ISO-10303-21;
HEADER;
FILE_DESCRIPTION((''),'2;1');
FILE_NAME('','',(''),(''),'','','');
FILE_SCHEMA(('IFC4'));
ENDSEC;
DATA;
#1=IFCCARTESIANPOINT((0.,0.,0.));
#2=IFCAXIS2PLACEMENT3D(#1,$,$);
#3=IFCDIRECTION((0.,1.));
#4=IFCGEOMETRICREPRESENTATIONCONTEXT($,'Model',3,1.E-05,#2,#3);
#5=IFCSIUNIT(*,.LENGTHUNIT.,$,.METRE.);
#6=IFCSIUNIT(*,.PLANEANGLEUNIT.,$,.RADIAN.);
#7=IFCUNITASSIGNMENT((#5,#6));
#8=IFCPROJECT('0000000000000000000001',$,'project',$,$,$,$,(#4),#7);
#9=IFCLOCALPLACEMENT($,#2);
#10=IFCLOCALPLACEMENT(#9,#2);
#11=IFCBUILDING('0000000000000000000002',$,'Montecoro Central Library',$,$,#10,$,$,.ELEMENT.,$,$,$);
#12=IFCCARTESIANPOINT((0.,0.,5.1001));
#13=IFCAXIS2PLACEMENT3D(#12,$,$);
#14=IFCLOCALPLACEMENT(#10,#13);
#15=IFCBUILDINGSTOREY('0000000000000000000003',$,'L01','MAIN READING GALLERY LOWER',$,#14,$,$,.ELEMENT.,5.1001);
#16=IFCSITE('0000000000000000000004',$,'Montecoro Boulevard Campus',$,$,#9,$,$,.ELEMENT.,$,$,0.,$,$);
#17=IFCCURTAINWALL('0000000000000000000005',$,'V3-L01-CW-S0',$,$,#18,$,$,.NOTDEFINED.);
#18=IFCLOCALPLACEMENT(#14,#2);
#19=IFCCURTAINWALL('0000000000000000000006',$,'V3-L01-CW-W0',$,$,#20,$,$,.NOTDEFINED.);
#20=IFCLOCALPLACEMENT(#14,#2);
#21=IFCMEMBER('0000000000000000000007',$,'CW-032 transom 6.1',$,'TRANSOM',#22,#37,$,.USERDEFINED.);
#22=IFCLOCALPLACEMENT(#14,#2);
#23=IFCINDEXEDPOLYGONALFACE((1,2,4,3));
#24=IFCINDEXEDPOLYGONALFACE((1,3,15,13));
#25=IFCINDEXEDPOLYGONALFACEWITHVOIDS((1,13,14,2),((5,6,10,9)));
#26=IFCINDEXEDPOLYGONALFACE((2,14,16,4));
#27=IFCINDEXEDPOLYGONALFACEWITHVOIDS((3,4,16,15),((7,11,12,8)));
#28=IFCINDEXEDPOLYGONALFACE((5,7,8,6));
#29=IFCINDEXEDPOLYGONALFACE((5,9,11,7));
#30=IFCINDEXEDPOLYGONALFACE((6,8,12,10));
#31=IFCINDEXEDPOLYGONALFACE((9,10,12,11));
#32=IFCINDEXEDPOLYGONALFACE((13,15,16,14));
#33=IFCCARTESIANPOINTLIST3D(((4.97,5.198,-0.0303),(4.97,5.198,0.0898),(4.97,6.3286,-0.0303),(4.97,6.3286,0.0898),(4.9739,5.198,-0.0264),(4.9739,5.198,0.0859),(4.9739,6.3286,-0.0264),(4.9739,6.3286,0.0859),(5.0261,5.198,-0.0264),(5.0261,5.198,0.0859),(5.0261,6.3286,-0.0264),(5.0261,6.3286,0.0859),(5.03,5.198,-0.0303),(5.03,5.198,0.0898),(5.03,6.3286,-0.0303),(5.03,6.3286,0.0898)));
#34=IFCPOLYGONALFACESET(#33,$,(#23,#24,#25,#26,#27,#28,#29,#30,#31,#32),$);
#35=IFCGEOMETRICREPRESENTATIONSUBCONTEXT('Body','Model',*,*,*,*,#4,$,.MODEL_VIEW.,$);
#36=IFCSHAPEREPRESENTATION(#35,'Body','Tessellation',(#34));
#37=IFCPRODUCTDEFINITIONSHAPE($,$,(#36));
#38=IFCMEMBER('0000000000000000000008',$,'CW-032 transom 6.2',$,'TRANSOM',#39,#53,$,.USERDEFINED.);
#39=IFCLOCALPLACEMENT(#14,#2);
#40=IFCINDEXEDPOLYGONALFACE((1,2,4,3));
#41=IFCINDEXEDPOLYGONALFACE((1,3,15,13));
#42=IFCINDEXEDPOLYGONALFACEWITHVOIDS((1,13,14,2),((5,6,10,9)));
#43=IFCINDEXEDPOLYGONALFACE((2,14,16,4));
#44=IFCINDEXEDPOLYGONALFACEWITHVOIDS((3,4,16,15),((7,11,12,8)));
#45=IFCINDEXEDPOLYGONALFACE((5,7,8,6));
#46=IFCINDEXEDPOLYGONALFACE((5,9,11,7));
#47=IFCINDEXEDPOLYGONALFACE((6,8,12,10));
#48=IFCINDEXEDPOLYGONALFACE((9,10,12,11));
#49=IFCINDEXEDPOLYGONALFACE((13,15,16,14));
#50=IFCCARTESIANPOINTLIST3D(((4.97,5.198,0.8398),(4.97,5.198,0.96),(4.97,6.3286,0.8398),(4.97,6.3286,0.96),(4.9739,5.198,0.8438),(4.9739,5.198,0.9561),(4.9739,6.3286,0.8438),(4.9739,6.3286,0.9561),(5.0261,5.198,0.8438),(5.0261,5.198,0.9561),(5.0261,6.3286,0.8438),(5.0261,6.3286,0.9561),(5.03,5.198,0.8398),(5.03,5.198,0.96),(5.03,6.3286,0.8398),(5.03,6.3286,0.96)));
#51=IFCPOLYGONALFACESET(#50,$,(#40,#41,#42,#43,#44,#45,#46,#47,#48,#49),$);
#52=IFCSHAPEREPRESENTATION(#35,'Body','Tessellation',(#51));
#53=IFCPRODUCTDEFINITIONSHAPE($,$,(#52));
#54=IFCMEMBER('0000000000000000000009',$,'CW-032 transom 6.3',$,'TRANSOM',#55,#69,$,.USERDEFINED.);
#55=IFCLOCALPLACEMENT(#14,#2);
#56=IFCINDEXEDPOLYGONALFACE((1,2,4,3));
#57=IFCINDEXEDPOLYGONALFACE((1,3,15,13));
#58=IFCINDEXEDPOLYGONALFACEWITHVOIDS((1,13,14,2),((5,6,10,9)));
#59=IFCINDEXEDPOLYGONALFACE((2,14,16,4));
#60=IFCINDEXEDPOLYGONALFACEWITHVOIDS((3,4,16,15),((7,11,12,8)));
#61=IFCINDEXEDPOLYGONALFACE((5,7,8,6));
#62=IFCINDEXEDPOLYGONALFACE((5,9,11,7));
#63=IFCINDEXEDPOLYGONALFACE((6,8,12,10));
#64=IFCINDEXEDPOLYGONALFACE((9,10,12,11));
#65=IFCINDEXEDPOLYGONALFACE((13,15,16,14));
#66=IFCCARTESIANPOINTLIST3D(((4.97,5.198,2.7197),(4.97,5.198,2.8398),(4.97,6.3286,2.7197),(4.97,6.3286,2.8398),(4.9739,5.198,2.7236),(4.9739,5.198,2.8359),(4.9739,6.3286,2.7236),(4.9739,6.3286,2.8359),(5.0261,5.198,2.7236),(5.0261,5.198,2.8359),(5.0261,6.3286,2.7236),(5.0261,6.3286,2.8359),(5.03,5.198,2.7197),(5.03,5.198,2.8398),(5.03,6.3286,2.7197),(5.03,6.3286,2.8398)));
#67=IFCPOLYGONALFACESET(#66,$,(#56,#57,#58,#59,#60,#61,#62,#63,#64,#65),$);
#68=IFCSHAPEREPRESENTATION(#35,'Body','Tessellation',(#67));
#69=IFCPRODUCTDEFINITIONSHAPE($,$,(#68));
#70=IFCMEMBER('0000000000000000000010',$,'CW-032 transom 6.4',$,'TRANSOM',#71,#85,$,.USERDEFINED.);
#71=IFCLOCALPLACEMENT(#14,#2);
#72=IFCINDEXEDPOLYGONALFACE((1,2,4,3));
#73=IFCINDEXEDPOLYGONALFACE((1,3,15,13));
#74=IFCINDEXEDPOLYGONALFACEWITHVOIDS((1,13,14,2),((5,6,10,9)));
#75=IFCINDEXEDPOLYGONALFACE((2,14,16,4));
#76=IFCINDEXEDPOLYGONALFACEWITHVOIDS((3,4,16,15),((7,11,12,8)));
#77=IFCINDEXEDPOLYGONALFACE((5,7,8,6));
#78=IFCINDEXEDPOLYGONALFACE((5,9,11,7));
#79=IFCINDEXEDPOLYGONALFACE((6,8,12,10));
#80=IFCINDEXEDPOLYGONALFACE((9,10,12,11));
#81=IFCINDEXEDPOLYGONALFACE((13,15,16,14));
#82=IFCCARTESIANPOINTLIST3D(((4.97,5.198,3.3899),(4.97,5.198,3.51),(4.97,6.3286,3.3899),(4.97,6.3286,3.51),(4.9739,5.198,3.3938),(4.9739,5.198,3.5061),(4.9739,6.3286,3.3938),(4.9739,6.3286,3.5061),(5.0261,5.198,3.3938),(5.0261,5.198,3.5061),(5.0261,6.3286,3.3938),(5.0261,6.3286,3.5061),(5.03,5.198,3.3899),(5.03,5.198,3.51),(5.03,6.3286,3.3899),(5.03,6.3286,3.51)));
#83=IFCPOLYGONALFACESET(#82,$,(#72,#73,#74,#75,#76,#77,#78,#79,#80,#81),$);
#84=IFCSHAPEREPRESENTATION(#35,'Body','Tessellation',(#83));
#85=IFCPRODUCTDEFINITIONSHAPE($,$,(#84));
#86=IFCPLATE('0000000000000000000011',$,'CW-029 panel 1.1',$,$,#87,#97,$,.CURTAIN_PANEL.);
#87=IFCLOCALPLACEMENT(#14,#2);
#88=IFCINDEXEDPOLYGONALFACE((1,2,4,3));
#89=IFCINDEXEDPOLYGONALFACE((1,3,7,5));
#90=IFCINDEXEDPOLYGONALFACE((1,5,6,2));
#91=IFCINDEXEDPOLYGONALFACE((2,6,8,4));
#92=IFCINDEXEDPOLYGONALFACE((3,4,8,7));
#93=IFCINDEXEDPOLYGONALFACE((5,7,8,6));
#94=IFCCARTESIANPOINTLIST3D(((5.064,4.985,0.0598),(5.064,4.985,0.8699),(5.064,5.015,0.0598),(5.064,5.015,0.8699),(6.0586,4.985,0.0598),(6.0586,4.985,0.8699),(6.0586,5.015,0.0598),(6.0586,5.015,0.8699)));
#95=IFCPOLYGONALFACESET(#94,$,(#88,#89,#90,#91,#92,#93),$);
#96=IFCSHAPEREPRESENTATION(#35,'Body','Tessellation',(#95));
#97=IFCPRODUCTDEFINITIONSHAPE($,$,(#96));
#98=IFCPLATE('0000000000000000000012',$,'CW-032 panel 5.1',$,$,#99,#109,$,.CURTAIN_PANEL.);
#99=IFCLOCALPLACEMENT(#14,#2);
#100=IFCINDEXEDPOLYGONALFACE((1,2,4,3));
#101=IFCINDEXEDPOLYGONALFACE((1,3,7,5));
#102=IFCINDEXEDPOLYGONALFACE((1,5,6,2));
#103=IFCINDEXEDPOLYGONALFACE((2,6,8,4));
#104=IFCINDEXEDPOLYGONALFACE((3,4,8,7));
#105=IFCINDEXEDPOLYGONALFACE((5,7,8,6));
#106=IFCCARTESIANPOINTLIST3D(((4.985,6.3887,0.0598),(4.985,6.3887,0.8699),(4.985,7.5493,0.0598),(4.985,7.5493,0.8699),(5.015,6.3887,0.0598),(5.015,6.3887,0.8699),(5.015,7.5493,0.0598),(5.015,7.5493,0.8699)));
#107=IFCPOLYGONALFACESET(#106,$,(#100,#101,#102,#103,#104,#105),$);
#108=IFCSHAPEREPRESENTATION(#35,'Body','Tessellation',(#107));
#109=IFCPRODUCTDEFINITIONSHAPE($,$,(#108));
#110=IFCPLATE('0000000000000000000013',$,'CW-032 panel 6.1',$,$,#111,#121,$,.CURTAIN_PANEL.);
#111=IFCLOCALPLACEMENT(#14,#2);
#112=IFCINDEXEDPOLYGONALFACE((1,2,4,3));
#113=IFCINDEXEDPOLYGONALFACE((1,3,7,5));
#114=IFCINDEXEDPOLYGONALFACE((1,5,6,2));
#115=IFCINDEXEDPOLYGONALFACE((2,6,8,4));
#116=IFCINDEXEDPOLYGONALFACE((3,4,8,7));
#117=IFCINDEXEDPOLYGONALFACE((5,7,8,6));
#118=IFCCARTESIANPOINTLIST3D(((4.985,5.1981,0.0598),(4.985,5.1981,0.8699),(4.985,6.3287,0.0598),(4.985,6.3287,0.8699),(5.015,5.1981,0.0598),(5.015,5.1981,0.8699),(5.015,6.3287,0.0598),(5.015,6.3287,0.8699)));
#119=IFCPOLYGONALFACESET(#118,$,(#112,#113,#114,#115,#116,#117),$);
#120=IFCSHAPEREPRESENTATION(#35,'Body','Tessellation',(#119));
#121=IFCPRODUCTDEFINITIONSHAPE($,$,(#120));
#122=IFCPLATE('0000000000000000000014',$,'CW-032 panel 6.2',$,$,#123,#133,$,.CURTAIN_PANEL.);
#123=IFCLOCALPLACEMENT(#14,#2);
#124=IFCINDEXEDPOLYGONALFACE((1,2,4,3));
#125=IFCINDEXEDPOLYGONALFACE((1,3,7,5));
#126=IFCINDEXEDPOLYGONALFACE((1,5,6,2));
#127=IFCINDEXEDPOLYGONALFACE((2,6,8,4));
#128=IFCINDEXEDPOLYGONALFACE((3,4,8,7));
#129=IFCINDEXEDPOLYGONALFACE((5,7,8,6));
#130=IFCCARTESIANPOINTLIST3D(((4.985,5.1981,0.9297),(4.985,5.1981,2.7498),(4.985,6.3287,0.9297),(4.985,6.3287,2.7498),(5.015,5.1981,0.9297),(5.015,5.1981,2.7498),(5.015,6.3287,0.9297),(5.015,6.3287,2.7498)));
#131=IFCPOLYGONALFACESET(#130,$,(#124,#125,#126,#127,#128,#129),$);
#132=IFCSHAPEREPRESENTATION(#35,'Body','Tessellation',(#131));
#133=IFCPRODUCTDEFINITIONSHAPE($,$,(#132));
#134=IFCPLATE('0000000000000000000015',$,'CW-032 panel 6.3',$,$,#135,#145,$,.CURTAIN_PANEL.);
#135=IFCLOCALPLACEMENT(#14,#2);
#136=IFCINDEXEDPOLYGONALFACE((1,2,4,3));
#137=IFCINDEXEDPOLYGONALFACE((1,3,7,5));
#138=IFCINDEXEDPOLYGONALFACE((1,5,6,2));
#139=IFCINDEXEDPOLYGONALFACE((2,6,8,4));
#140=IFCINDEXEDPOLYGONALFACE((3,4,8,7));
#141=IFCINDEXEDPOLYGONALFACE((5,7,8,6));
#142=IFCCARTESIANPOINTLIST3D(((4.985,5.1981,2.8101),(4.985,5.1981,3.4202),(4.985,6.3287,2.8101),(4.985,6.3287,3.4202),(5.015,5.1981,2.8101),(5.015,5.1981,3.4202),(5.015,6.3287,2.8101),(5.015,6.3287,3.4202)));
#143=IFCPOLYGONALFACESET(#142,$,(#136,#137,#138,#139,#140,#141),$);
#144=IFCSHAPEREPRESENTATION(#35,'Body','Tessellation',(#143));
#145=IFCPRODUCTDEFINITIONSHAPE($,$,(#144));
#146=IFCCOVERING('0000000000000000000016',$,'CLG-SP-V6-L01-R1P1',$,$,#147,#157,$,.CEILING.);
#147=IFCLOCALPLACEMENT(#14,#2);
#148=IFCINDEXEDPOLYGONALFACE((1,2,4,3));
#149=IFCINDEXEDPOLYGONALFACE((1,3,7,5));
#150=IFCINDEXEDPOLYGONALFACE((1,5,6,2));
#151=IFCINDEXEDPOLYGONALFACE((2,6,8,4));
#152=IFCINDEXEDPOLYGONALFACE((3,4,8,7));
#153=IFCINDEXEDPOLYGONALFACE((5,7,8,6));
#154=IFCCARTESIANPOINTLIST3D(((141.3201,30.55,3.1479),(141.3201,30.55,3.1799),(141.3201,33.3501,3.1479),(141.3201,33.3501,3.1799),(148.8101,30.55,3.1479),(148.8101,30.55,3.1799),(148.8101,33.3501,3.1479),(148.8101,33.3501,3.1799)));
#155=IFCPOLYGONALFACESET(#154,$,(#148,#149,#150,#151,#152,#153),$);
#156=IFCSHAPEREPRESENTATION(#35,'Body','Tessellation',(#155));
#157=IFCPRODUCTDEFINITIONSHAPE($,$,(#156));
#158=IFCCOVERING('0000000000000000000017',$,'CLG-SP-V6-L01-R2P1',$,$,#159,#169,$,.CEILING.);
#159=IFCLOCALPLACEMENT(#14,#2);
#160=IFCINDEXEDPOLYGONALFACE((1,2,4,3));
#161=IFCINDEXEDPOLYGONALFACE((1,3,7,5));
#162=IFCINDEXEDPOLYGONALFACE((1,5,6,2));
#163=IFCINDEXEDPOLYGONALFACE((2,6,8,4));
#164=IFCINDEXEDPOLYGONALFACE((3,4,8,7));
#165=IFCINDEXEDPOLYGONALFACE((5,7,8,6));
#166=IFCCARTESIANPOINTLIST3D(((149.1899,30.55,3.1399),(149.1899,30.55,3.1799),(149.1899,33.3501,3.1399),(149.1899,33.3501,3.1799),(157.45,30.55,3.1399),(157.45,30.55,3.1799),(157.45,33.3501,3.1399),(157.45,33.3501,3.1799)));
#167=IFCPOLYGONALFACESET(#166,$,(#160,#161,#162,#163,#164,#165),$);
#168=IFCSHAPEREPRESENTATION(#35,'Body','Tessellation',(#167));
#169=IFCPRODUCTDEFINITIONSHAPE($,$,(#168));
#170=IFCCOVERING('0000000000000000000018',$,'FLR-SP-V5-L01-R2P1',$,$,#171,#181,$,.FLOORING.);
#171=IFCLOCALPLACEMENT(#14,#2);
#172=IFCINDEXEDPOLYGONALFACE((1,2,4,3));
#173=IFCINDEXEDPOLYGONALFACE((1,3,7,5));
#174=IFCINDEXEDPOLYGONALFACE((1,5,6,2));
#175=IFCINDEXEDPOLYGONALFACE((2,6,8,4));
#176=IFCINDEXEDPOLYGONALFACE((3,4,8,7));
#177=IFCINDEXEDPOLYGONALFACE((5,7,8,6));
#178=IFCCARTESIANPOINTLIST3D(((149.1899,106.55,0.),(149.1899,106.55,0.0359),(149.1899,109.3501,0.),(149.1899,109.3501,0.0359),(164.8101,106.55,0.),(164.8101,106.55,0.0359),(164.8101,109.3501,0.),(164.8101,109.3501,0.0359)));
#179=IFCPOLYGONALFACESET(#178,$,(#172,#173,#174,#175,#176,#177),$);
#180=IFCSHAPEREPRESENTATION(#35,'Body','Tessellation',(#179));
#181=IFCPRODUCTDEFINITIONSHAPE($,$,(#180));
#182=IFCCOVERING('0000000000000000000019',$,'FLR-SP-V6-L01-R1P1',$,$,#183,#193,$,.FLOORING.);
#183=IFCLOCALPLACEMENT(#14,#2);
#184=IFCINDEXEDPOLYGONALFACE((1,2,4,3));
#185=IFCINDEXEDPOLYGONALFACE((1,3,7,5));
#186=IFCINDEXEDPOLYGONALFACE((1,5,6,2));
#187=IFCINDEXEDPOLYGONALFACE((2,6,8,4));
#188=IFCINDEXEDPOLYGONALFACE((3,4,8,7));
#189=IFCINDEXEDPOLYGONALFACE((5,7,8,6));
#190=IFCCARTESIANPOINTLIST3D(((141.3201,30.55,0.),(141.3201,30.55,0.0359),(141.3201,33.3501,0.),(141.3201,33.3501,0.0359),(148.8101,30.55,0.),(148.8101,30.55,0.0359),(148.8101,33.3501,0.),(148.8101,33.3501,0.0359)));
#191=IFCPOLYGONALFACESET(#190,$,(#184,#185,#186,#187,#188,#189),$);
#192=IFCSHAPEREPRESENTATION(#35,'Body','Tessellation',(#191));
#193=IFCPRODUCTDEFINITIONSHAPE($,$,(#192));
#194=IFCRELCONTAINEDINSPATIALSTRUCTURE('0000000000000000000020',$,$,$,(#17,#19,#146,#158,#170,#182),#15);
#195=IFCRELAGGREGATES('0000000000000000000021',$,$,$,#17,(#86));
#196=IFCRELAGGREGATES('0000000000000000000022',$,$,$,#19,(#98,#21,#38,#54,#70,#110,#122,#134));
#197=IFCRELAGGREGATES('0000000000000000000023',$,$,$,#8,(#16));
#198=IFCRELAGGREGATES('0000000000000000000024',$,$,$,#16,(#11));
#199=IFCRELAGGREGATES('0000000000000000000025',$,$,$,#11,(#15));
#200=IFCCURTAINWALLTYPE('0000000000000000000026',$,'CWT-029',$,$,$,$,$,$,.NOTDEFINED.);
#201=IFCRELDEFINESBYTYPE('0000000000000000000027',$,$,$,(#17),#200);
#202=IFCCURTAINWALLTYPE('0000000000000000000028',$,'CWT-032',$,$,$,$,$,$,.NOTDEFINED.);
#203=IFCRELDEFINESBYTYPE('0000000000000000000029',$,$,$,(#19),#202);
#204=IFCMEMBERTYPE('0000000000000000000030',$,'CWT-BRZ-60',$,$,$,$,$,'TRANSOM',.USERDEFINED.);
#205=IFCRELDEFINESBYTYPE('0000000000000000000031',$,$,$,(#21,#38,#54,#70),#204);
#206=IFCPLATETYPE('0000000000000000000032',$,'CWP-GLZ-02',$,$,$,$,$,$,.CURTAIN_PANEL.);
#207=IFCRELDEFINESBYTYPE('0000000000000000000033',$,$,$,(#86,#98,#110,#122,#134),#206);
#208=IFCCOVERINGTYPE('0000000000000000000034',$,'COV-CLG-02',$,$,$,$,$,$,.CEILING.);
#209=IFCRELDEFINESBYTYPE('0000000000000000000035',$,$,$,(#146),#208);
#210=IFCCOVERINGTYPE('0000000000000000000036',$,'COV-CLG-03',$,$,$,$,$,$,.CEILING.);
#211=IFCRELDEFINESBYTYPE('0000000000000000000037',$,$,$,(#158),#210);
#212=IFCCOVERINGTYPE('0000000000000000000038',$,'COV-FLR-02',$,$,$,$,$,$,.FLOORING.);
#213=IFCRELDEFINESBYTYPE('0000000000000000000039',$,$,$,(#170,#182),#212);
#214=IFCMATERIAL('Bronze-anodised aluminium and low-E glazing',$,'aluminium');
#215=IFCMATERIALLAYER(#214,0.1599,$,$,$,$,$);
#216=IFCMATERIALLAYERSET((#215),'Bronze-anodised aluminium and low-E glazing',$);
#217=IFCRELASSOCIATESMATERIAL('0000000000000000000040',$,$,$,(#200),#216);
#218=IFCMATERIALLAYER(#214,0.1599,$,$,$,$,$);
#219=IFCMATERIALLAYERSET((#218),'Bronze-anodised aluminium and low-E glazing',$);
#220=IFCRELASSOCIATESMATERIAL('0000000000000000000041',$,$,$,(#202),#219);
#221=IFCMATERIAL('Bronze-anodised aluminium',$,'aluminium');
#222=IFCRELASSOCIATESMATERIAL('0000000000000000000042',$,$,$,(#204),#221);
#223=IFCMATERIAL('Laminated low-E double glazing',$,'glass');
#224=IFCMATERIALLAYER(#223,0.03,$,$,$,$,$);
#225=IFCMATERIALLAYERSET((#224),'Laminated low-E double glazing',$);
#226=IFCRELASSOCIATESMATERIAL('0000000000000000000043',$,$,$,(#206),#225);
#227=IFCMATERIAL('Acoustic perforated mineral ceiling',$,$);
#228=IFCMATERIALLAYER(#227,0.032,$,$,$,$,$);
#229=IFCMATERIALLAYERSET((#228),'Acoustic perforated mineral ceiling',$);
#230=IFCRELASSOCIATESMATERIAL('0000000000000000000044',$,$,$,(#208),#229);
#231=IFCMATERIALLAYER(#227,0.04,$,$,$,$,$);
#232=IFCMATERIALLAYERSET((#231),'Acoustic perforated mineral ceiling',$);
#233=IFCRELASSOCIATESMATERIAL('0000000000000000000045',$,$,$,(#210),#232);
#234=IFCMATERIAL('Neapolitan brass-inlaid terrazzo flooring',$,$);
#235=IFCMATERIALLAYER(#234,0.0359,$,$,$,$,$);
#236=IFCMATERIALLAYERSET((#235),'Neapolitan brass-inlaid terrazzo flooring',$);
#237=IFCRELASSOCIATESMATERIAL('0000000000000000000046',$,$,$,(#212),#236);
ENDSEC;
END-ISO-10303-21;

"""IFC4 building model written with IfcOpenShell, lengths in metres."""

from ifc_helpers import new_model, si_unit, direction, frame, origin, origin_2d, place, context, subcontext, project, spatial, polyline, rectangle, hollow_rectangle, outline, extrude, material, layer, layer_set, material_profile, profile_set, type_object, element, aggregate, save


model = new_model("IFC4")

# Units and contexts
model_context = context("Model", 3, precision=1e-05, world=origin(), true_north=direction((0.0, 1.0)))
body_context = subcontext(model_context, "Body", "Model", "MODEL_VIEW")
ifc_project = project(units=[si_unit("LENGTHUNIT", "METRE"), si_unit("PLANEANGLEUNIT", "RADIAN")], contexts=[model_context])

# Site, building, storey
site_placement = place(None, origin())
site = spatial("IfcSite", under=ifc_project, at=site_placement, Name="Montecoro Boulevard Campus", CompositionType="ELEMENT", RefElevation=0.0)
building_placement = place(site_placement, origin())
building = spatial("IfcBuilding", under=site, at=building_placement, Name="Montecoro Central Library", CompositionType="ELEMENT")
storey_placement = place(building_placement, frame((0.0, 0.0, 5.1001)))
storey = spatial("IfcBuildingStorey", under=building, at=storey_placement, Name="L01", Description="MAIN READING GALLERY LOWER", CompositionType="ELEMENT", Elevation=5.1001)

# Curtain wall
ifc_material_1 = material(Name="Bronze-anodised aluminium and low-E glazing", Category="aluminium")
ifc_layer_1 = layer(ifc_material_1, 0.1599)
ifc_layer_set_1 = layer_set([ifc_layer_1], Name="Bronze-anodised aluminium and low-E glazing")
curtain_wall_type_1 = type_object("IfcCurtainWallType", Name="CWT-029", PredefinedType="NOTDEFINED", material=ifc_layer_set_1)
curtain_wall_1_placement = place(storey_placement, origin())
curtain_wall_1 = element("IfcCurtainWall", 1, at=curtain_wall_1_placement, inside=storey, type_object=curtain_wall_type_1, Name="V3-L01-CW-S0", PredefinedType="NOTDEFINED")
ifc_material_2 = material(Name="Bronze-anodised aluminium", Category="aluminium")

# Curtain wall
ifc_layer_2 = layer(ifc_material_1, 0.1599)
ifc_layer_set_2 = layer_set([ifc_layer_2], Name="Bronze-anodised aluminium and low-E glazing")
curtain_wall_type_2 = type_object("IfcCurtainWallType", Name="CWT-032", PredefinedType="NOTDEFINED", material=ifc_layer_set_2)
curtain_wall_2_placement = place(storey_placement, origin())
curtain_wall_2 = element("IfcCurtainWall", 2, at=curtain_wall_2_placement, inside=storey, type_object=curtain_wall_type_2, Name="V3-L01-CW-W0", PredefinedType="NOTDEFINED")

# Members
ifc_material_profile_1 = material_profile(ifc_material_2, hollow_rectangle(XDim=0.0601, YDim=0.1201, WallThickness=0.0039, at=origin_2d()), Name="CWT 120x60x4.0")
ifc_profile_set_1 = profile_set([ifc_material_profile_1], Name="Bronze-anodised aluminium")
member_type_1 = type_object("IfcMemberType", Name="CWT-BRZ-60", ElementType="TRANSOM", PredefinedType="USERDEFINED", material=ifc_profile_set_1)
member_1_placement = place(storey_placement, frame((5.0, 6.3286, 0.0298), z_axis=(0.0, -1.0, 0.0), x_axis=(1.0, 0.0, 0.0)))
member_1 = element("IfcMember", 3, at=member_1_placement, type_object=member_type_1, Name="CW-032 transom 6.1", ObjectType="TRANSOM", PredefinedType="USERDEFINED", context=body_context, shape_type="SweptSolid", body=[
    extrude(hollow_rectangle(XDim=0.0601, YDim=0.1201, WallThickness=0.0039, at=origin_2d()), origin(), (0.0, 0.0, 1.0), 1.1306),
])
member_2_placement = place(storey_placement, frame((5.0, 6.3286, 0.8999), z_axis=(0.0, -1.0, 0.0), x_axis=(1.0, 0.0, 0.0)))
member_2 = element("IfcMember", 4, at=member_2_placement, type_object=member_type_1, Name="CW-032 transom 6.2", ObjectType="TRANSOM", PredefinedType="USERDEFINED", context=body_context, shape_type="SweptSolid", body=[
    extrude(hollow_rectangle(XDim=0.0601, YDim=0.1201, WallThickness=0.0039, at=origin_2d()), origin(), (0.0, 0.0, 1.0), 1.1306),
])
member_3_placement = place(storey_placement, frame((5.0, 6.3286, 2.7798), z_axis=(0.0, -1.0, 0.0), x_axis=(1.0, 0.0, 0.0)))
member_3 = element("IfcMember", 5, at=member_3_placement, type_object=member_type_1, Name="CW-032 transom 6.3", ObjectType="TRANSOM", PredefinedType="USERDEFINED", context=body_context, shape_type="SweptSolid", body=[
    extrude(hollow_rectangle(XDim=0.0601, YDim=0.1201, WallThickness=0.0039, at=origin_2d()), origin(), (0.0, 0.0, 1.0), 1.1306),
])
member_4_placement = place(storey_placement, frame((5.0, 6.3286, 3.45), z_axis=(0.0, -1.0, 0.0), x_axis=(1.0, 0.0, 0.0)))
member_4 = element("IfcMember", 6, at=member_4_placement, type_object=member_type_1, Name="CW-032 transom 6.4", ObjectType="TRANSOM", PredefinedType="USERDEFINED", context=body_context, shape_type="SweptSolid", body=[
    extrude(hollow_rectangle(XDim=0.0601, YDim=0.1201, WallThickness=0.0039, at=origin_2d()), origin(), (0.0, 0.0, 1.0), 1.1306),
])

# Plates
ifc_material_3 = material(Name="Laminated low-E double glazing", Category="glass")
ifc_layer_3 = layer(ifc_material_3, 0.03)
ifc_layer_set_3 = layer_set([ifc_layer_3], Name="Laminated low-E double glazing")
plate_type = type_object("IfcPlateType", Name="CWP-GLZ-02", PredefinedType="CURTAIN_PANEL", material=ifc_layer_set_3)
plate_1_placement = place(storey_placement, frame((5.5613, 5.0, 0.0598), z_axis=(0.0, 0.0, 1.0), x_axis=(1.0, 0.0, 0.0)))
plate_1 = element("IfcPlate", 7, at=plate_1_placement, type_object=plate_type, Name="CW-029 panel 1.1", PredefinedType="CURTAIN_PANEL", context=body_context, shape_type="SweptSolid", body=[
    extrude(rectangle(XDim=0.9946, YDim=0.03, at=origin_2d()), origin(), (0.0, 0.0, 1.0), 0.8101),
])
aggregate(curtain_wall_1, [plate_1])
plate_2_placement = place(storey_placement, frame((5.0, 6.969, 0.0598), z_axis=(0.0, 0.0, 1.0), x_axis=(0.0, -1.0, 0.0)))
plate_2 = element("IfcPlate", 8, at=plate_2_placement, type_object=plate_type, Name="CW-032 panel 5.1", PredefinedType="CURTAIN_PANEL", context=body_context, shape_type="SweptSolid", body=[
    extrude(rectangle(XDim=1.1606, YDim=0.03, at=origin_2d()), origin(), (0.0, 0.0, 1.0), 0.8101),
])
plate_3_placement = place(storey_placement, frame((5.0, 5.7634, 0.0598), z_axis=(0.0, 0.0, 1.0), x_axis=(0.0, -1.0, 0.0)))
plate_3 = element("IfcPlate", 9, at=plate_3_placement, type_object=plate_type, Name="CW-032 panel 6.1", PredefinedType="CURTAIN_PANEL", context=body_context, shape_type="SweptSolid", body=[
    extrude(rectangle(XDim=1.1306, YDim=0.03, at=origin_2d()), origin(), (0.0, 0.0, 1.0), 0.8101),
])
plate_4_placement = place(storey_placement, frame((5.0, 5.7634, 0.9297), z_axis=(0.0, 0.0, 1.0), x_axis=(0.0, -1.0, 0.0)))
plate_4 = element("IfcPlate", 10, at=plate_4_placement, type_object=plate_type, Name="CW-032 panel 6.2", PredefinedType="CURTAIN_PANEL", context=body_context, shape_type="SweptSolid", body=[
    extrude(rectangle(XDim=1.1306, YDim=0.03, at=origin_2d()), origin(), (0.0, 0.0, 1.0), 1.8201),
])
plate_5_placement = place(storey_placement, frame((5.0, 5.7634, 2.8101), z_axis=(0.0, 0.0, 1.0), x_axis=(0.0, -1.0, 0.0)))
plate_5 = element("IfcPlate", 11, at=plate_5_placement, type_object=plate_type, Name="CW-032 panel 6.3", PredefinedType="CURTAIN_PANEL", context=body_context, shape_type="SweptSolid", body=[
    extrude(rectangle(XDim=1.1306, YDim=0.03, at=origin_2d()), origin(), (0.0, 0.0, 1.0), 0.6101),
])
aggregate(curtain_wall_2, [plate_2, member_1, member_2, member_3, member_4, plate_3, plate_4, plate_5])

# Coverings
ifc_material_4 = material(Name="Acoustic perforated mineral ceiling")
ifc_layer_4 = layer(ifc_material_4, 0.032)
ifc_layer_set_4 = layer_set([ifc_layer_4], Name="Acoustic perforated mineral ceiling")
covering_type_1 = type_object("IfcCoveringType", Name="COV-CLG-02", PredefinedType="CEILING", material=ifc_layer_set_4)
covering_1_placement = place(storey_placement, frame((0.0, 0.0, 3.1479)))
element("IfcCovering", 12, at=covering_1_placement, inside=storey, type_object=covering_type_1, Name="CLG-SP-V6-L01-R1P1", PredefinedType="CEILING", context=body_context, shape_type="SweptSolid", body=[
    extrude(outline(polyline([(141.3201, 30.55), (148.8101, 30.55), (148.8101, 33.3501), (141.3201, 33.3501), (141.3201, 30.55)])), origin(), (0.0, 0.0, 1.0), 0.032),
])
ifc_layer_5 = layer(ifc_material_4, 0.04)
ifc_layer_set_5 = layer_set([ifc_layer_5], Name="Acoustic perforated mineral ceiling")
covering_type_2 = type_object("IfcCoveringType", Name="COV-CLG-03", PredefinedType="CEILING", material=ifc_layer_set_5)
covering_2_placement = place(storey_placement, frame((0.0, 0.0, 3.1399)))
element("IfcCovering", 13, at=covering_2_placement, inside=storey, type_object=covering_type_2, Name="CLG-SP-V6-L01-R2P1", PredefinedType="CEILING", context=body_context, shape_type="SweptSolid", body=[
    extrude(outline(polyline([(149.1899, 30.55), (157.45, 30.55), (157.45, 33.3501), (149.1899, 33.3501), (149.1899, 30.55)])), origin(), (0.0, 0.0, 1.0), 0.04),
])
ifc_material_5 = material(Name="Neapolitan brass-inlaid terrazzo flooring")
ifc_layer_6 = layer(ifc_material_5, 0.0359)
ifc_layer_set_6 = layer_set([ifc_layer_6], Name="Neapolitan brass-inlaid terrazzo flooring")
covering_type_3 = type_object("IfcCoveringType", Name="COV-FLR-02", PredefinedType="FLOORING", material=ifc_layer_set_6)
covering_3_placement = place(storey_placement, origin())
element("IfcCovering", 14, at=covering_3_placement, inside=storey, type_object=covering_type_3, Name="FLR-SP-V5-L01-R2P1", PredefinedType="FLOORING", context=body_context, shape_type="SweptSolid", body=[
    extrude(outline(polyline([(149.1899, 106.55), (164.8101, 106.55), (164.8101, 109.3501), (149.1899, 109.3501), (149.1899, 106.55)])), origin(), (0.0, 0.0, 1.0), 0.0359),
])
covering_4_placement = place(storey_placement, origin())
element("IfcCovering", 15, at=covering_4_placement, inside=storey, type_object=covering_type_3, Name="FLR-SP-V6-L01-R1P1", PredefinedType="FLOORING", context=body_context, shape_type="SweptSolid", body=[
    extrude(outline(polyline([(141.3201, 30.55), (148.8101, 30.55), (148.8101, 33.3501), (141.3201, 33.3501), (141.3201, 30.55)])), origin(), (0.0, 0.0, 1.0), 0.0359),
])

save(model, "model.ifc")
